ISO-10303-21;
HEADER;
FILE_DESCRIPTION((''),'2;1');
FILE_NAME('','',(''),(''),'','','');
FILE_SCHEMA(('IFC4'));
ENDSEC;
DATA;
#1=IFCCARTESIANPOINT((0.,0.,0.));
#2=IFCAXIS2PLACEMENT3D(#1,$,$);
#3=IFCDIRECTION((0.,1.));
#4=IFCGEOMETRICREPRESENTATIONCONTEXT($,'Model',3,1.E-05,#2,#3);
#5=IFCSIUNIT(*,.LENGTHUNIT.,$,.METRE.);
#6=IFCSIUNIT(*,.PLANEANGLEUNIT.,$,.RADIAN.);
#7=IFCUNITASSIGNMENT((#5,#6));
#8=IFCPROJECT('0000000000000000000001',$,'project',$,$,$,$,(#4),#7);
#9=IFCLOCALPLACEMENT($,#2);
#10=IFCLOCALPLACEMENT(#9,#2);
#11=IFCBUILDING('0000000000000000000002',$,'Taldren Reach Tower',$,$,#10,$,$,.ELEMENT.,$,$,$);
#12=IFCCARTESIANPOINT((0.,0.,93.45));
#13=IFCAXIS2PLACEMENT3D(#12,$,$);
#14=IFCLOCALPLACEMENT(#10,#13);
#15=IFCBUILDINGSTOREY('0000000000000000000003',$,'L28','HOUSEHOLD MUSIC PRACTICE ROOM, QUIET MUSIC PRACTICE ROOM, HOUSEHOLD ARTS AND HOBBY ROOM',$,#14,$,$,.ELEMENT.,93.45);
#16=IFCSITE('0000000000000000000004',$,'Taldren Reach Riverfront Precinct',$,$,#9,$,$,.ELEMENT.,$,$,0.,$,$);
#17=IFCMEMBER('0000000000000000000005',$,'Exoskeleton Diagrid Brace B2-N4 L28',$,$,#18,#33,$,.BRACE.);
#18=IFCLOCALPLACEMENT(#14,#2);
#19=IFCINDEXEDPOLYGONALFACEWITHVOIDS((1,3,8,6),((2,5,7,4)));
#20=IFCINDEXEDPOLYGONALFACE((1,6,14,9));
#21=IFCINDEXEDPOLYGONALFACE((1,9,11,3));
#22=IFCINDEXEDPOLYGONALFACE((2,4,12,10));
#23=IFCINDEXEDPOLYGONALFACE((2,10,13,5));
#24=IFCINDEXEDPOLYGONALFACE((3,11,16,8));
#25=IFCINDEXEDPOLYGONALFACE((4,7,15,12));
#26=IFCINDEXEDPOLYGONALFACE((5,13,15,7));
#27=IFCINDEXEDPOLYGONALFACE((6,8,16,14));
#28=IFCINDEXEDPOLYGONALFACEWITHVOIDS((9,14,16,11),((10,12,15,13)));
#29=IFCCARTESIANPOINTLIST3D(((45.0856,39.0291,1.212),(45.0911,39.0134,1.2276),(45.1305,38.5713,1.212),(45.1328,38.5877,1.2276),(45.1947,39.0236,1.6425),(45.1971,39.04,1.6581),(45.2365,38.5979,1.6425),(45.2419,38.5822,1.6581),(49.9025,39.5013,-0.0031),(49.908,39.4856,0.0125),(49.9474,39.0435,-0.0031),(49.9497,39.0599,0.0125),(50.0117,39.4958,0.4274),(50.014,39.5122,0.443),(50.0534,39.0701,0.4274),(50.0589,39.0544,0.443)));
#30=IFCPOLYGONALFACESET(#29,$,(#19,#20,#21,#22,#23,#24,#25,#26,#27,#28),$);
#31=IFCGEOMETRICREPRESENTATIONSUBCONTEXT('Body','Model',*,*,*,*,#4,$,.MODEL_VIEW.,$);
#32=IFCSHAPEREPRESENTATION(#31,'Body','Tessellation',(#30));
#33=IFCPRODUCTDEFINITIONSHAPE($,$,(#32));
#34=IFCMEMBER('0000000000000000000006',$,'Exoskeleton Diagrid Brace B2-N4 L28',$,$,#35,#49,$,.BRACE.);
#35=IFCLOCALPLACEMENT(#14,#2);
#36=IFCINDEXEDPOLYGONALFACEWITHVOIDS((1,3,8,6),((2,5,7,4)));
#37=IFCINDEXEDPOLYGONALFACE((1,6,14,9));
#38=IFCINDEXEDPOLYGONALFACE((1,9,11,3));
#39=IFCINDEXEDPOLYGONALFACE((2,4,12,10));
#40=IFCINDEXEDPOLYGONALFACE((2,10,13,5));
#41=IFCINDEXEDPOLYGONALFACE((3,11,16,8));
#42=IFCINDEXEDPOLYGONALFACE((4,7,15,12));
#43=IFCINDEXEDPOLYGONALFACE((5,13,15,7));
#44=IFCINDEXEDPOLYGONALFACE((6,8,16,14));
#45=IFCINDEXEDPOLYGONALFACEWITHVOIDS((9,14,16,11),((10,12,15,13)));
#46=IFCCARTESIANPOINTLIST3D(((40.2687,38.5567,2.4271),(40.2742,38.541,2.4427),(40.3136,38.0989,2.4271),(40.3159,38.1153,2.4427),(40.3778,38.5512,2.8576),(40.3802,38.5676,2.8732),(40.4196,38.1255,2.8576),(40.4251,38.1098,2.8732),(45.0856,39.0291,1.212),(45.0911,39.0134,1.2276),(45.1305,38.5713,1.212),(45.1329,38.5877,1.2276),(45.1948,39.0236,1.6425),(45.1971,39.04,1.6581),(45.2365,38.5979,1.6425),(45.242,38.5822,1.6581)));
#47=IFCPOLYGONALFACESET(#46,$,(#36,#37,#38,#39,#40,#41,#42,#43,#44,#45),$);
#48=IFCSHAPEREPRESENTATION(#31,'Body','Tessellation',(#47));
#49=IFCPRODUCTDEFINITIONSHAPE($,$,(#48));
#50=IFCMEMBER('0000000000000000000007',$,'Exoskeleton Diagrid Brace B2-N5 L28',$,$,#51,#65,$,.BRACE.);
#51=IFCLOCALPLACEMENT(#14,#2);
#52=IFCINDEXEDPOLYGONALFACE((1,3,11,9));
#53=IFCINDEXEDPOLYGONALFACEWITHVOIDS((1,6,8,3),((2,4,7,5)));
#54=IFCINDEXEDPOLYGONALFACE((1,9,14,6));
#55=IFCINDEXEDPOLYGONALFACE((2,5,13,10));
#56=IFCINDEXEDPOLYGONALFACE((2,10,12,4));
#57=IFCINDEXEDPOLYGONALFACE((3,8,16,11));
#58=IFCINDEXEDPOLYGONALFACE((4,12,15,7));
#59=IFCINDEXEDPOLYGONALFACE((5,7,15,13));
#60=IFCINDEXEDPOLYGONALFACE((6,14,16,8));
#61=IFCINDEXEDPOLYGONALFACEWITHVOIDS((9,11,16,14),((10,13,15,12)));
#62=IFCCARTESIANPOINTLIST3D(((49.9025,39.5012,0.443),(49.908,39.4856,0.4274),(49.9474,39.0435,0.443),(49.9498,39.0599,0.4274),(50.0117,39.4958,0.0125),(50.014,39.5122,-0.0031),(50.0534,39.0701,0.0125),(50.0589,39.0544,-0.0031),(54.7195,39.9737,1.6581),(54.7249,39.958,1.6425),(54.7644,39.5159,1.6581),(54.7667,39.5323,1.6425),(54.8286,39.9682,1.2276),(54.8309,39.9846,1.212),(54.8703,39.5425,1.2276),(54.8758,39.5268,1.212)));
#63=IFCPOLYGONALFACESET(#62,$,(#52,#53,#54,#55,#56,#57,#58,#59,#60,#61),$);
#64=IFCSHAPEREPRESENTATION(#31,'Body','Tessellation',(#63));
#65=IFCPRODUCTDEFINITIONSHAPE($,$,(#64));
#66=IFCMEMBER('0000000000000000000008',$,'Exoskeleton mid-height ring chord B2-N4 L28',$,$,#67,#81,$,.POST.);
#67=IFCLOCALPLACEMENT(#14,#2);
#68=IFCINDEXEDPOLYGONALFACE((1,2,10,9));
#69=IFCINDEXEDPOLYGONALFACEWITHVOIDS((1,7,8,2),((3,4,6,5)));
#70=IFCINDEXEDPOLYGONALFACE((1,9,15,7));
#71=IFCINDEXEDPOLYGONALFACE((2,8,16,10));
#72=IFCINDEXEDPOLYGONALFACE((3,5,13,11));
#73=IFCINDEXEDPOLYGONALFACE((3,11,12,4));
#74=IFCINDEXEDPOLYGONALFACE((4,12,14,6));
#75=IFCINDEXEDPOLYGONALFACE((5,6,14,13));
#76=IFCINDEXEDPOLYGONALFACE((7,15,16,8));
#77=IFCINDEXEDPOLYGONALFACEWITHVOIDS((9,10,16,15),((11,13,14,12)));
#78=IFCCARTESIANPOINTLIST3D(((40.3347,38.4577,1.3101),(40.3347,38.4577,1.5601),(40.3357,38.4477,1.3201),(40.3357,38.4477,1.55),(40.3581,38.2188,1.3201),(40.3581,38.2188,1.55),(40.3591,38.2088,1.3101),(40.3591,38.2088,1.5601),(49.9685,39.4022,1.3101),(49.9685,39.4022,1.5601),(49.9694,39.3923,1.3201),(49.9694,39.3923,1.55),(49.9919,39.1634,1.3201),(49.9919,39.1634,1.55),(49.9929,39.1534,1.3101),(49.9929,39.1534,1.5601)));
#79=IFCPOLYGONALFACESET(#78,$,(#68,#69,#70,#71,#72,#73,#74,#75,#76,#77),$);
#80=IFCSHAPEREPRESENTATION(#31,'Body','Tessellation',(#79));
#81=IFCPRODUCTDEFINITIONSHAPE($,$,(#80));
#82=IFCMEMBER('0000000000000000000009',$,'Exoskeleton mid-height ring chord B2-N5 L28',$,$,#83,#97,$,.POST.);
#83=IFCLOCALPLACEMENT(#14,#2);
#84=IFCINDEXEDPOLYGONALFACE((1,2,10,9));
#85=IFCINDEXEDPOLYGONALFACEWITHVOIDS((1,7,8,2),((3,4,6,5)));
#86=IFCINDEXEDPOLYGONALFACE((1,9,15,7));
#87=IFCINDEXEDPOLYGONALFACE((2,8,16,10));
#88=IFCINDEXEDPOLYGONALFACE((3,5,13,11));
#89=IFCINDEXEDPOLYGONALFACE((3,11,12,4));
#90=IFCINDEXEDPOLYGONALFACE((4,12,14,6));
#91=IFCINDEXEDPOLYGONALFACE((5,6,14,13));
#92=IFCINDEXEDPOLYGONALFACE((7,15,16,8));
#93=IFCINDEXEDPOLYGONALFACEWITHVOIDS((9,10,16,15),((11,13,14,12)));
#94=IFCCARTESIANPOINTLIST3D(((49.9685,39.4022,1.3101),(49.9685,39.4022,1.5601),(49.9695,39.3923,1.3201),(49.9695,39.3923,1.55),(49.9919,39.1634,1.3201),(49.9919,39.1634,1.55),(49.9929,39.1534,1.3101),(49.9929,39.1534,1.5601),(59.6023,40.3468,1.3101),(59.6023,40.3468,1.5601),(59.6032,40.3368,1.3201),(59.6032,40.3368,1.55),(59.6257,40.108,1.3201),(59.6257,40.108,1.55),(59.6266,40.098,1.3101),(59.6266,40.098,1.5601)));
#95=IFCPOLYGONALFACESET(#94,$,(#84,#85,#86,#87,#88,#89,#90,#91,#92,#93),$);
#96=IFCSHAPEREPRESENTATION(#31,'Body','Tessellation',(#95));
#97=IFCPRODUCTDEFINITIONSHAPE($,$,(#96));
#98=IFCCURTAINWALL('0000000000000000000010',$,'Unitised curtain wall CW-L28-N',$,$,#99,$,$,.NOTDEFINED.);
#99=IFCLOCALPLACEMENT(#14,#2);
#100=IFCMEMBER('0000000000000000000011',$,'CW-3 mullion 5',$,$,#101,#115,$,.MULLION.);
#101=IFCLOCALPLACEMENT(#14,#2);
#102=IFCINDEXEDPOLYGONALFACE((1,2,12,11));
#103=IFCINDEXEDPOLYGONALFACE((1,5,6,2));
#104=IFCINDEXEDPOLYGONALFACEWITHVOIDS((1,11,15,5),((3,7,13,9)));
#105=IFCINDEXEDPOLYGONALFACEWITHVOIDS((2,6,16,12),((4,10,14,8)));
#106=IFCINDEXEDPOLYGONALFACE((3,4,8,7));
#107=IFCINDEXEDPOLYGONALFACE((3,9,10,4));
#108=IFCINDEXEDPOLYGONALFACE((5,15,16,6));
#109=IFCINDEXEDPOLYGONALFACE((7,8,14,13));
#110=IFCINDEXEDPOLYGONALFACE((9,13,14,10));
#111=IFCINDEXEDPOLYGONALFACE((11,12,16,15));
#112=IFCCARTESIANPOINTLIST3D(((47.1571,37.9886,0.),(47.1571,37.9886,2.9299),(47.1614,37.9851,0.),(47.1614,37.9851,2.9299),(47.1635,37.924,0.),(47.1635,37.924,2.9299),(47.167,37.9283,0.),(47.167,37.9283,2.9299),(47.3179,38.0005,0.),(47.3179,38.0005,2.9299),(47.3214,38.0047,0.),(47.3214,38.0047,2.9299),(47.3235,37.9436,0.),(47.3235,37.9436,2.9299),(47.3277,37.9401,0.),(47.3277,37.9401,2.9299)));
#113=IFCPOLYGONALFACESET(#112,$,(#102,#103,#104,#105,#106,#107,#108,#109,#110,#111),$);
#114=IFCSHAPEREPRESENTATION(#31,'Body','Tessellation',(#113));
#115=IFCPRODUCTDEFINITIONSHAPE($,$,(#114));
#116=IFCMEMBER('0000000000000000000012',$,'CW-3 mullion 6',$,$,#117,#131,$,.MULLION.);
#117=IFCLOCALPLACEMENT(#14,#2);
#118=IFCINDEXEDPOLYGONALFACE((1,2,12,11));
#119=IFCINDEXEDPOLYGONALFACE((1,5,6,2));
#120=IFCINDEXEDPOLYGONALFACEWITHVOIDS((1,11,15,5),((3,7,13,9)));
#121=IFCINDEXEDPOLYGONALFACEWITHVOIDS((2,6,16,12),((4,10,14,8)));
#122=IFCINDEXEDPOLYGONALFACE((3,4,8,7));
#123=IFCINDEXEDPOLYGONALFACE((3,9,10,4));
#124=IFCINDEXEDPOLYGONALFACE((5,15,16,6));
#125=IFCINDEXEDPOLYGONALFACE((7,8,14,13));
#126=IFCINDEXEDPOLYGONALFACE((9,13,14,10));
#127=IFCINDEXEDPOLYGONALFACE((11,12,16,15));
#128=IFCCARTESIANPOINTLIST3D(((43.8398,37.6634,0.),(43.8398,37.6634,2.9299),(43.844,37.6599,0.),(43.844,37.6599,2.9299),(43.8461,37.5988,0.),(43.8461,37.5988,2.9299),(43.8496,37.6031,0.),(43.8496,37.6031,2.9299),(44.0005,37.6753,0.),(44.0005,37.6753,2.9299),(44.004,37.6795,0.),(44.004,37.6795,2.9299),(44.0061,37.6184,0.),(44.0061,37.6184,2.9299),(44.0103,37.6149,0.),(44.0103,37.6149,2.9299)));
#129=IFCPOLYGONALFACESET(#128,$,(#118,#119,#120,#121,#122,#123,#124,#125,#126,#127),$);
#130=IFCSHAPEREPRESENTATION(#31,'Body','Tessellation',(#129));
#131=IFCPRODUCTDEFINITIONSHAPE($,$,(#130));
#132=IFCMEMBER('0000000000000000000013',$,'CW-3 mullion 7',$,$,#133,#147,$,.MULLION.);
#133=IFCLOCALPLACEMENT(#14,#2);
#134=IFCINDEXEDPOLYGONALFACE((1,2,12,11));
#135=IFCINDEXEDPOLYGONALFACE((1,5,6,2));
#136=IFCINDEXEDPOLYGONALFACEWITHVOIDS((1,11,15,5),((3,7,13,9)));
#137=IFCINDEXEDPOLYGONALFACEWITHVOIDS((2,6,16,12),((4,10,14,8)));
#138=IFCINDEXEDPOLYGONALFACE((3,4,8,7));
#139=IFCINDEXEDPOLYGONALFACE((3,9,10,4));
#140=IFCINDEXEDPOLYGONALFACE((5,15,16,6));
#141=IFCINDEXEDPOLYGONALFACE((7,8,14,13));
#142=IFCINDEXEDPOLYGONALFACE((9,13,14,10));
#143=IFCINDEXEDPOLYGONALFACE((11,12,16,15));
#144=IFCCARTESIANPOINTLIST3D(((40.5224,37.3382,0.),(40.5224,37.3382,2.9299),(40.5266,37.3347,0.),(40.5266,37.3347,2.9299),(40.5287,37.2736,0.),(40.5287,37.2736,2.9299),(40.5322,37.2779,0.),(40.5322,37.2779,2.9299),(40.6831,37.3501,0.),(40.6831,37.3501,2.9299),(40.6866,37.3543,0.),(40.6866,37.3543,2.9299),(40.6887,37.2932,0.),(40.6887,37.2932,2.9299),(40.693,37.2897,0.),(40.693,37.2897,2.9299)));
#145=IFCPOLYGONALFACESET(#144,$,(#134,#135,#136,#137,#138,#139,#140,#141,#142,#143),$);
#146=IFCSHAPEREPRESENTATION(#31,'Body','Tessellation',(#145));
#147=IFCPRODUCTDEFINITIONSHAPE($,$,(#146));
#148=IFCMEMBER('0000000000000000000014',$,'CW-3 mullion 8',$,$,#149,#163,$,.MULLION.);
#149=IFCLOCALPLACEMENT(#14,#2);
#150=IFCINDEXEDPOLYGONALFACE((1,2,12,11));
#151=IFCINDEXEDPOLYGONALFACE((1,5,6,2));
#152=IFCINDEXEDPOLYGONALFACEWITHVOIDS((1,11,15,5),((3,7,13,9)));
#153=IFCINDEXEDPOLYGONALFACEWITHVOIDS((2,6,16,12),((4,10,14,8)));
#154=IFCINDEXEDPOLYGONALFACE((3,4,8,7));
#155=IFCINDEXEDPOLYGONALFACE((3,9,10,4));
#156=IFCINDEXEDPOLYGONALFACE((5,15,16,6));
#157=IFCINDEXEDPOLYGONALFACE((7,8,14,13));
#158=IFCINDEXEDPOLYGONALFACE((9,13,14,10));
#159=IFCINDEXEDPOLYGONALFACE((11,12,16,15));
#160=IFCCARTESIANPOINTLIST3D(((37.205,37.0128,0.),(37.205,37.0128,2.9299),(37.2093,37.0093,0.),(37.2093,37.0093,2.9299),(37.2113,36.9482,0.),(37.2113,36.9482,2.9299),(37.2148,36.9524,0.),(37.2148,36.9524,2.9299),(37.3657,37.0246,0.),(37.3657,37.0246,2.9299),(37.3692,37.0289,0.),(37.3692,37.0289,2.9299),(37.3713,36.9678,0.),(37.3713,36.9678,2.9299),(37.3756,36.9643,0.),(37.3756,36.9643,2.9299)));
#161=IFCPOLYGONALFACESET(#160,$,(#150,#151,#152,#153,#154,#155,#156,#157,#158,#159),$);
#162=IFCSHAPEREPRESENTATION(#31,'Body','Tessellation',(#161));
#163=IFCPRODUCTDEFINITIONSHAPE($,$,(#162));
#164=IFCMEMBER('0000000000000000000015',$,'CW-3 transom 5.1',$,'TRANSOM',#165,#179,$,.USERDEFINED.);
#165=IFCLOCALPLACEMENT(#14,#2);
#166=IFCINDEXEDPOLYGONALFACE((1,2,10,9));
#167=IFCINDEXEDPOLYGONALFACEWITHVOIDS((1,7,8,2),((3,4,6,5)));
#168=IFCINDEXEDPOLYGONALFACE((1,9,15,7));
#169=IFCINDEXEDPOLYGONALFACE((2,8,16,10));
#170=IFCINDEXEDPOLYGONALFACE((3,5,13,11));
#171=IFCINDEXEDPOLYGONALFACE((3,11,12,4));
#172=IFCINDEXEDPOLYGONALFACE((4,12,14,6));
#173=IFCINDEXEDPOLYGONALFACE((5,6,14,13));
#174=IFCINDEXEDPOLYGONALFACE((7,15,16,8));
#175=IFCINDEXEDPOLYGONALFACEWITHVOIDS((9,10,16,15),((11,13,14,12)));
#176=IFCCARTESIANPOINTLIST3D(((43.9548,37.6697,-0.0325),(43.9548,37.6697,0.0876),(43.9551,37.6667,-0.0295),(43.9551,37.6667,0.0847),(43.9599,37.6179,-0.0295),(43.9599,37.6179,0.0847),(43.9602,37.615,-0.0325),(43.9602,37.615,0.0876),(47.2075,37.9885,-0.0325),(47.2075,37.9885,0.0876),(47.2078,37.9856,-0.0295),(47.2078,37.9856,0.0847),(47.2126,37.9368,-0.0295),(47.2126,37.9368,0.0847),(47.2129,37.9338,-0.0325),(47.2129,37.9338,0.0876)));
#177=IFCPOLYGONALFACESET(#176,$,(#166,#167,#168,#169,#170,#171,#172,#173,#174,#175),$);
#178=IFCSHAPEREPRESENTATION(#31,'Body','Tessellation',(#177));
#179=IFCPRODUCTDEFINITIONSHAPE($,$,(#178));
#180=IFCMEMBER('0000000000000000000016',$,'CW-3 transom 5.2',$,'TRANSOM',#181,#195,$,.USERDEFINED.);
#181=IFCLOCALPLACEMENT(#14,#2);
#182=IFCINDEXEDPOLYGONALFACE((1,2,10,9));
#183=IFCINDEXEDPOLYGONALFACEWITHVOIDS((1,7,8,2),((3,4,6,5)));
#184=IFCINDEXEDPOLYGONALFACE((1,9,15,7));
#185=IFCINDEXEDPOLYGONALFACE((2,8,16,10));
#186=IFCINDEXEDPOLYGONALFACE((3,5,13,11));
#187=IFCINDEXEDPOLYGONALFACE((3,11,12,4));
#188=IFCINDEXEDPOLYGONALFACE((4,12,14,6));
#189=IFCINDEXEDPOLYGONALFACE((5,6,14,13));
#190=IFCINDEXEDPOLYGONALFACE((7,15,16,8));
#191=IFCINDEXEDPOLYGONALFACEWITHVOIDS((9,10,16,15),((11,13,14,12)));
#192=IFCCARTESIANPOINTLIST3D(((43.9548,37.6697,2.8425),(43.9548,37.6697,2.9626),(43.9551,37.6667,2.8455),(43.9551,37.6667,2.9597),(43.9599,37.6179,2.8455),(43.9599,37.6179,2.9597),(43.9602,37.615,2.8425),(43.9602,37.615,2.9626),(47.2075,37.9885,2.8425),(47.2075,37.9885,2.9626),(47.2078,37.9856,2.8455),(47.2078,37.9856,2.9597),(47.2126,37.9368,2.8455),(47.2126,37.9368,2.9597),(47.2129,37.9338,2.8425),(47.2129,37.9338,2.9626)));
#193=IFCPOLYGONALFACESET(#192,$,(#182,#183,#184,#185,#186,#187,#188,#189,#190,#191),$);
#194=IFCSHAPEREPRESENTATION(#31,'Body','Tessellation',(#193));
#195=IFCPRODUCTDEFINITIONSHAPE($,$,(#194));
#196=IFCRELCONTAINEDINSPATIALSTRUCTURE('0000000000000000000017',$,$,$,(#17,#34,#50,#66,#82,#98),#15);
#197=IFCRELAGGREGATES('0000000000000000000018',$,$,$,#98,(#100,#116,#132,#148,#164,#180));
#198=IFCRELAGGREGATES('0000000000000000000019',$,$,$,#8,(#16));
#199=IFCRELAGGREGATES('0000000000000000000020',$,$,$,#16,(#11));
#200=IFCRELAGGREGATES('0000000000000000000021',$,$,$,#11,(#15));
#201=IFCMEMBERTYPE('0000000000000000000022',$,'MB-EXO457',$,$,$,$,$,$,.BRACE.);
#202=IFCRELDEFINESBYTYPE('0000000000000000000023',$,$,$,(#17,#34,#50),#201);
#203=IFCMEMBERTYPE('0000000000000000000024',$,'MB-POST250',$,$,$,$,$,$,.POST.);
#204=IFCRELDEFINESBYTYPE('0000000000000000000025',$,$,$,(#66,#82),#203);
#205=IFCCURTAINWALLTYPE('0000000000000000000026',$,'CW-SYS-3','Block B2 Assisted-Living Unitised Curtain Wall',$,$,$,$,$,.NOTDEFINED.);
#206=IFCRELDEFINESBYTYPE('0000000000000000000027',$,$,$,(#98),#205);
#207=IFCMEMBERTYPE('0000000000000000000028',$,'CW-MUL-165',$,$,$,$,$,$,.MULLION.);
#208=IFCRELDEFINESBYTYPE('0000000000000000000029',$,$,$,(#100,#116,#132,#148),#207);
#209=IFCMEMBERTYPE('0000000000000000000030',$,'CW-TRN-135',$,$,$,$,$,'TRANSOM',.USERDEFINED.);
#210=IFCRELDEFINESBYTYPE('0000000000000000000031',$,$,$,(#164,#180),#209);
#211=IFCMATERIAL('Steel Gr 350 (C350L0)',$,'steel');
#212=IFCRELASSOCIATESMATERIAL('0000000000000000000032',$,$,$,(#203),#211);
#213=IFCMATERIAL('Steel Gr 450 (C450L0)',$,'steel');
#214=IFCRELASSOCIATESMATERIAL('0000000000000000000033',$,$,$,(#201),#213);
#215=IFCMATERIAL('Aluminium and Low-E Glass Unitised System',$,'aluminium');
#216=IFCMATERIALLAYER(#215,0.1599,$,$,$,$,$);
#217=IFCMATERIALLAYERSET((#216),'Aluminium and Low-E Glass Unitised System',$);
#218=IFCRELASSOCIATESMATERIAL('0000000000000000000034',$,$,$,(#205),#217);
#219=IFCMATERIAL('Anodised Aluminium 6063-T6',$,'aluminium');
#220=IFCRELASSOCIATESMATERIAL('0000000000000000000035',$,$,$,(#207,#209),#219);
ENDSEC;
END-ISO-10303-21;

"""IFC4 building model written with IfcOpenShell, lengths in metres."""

from ifc_helpers import new_model, si_unit, direction, frame, origin, origin_2d, place, context, subcontext, project, spatial, hollow_rectangle, extrude, source, transform, mapped, material, layer, layer_set, material_profile, profile_set, type_object, element, aggregate, save


model = new_model("IFC4")

# Units and contexts
model_context = context("Model", 3, precision=1e-05, world=origin(), true_north=direction((0.0, 1.0)))
body_context = subcontext(model_context, "Body", "Model", "MODEL_VIEW")
ifc_project = project(units=[si_unit("LENGTHUNIT", "METRE"), si_unit("PLANEANGLEUNIT", "RADIAN")], contexts=[model_context])

# Site, building, storey
site_placement = place(None, origin())
site = spatial("IfcSite", under=ifc_project, at=site_placement, Name="Taldren Reach Riverfront Precinct", CompositionType="ELEMENT", RefElevation=0.0)
building_placement = place(site_placement, origin())
building = spatial("IfcBuilding", under=site, at=building_placement, Name="Taldren Reach Tower", CompositionType="ELEMENT")
storey_placement = place(building_placement, frame((0.0, 0.0, 93.45)))
storey = spatial("IfcBuildingStorey", under=building, at=storey_placement, Name="L28", Description="HOUSEHOLD MUSIC PRACTICE ROOM, QUIET MUSIC PRACTICE ROOM, HOUSEHOLD ARTS AND HOBBY ROOM", CompositionType="ELEMENT", Elevation=93.45)

# Shared definitions
ifc_material_1 = material(Name="Steel Gr 450 (C450L0)", Category="steel")
ifc_material_2 = material(Name="Steel Gr 350 (C350L0)", Category="steel")
ifc_material_profile_1 = material_profile(ifc_material_2, hollow_rectangle(XDim=0.25, YDim=0.25, WallThickness=0.01, at=origin_2d()), Name="250x250x10.0SHS")
ifc_profile_set_1 = profile_set([ifc_material_profile_1], Name="Steel Gr 350 (C350L0)")
member_type_1 = type_object("IfcMemberType", Name="MB-POST250", PredefinedType="POST", material=ifc_profile_set_1)

# Members
ifc_material_profile_2 = material_profile(ifc_material_1, hollow_rectangle(XDim=0.46, YDim=0.46, WallThickness=0.0161, at=origin_2d()), Name="460x460x16.0SHS")
ifc_profile_set_2 = profile_set([ifc_material_profile_2], Name="Steel Gr 450 (C450L0)")
member_type_2 = type_object("IfcMemberType", Name="MB-EXO457", PredefinedType="BRACE", material=ifc_profile_set_2)
shared_shape_1 = source(origin(), body_context, "Body", "SweptSolid", [
    extrude(hollow_rectangle(XDim=0.46, YDim=0.46, WallThickness=0.0161, at=origin_2d()), origin(), (0.0, 0.0, 1.0), 4.9902),
])
for number, where, z_axis, x_axis, name in (
    (1, (49.9807, 39.2778, 0.22), (-0.965276, -0.09462, 0.243496), (0.097556, -0.99523, 0.0), "Exoskeleton Diagrid Brace B2-N4 L28"),
    (2, (45.1638, 38.8057, 1.4351), (-0.965271, -0.094668, 0.243495), (0.097606, -0.995225, 0.0), "Exoskeleton Diagrid Brace B2-N4 L28"),
    (3, (49.9807, 39.2778, 0.22), (0.965271, 0.094668, 0.243495), (-0.097606, 0.995225, 0.0), "Exoskeleton Diagrid Brace B2-N5 L28"),
):
    element("IfcMember", number, at=place(storey_placement, frame(where, z_axis=z_axis, x_axis=x_axis)), inside=storey, type_object=member_type_2, Name=name, PredefinedType="BRACE", context=body_context, shape_type="MappedRepresentation", body=[
        mapped(shared_shape_1, transform((0.0, 0.0, 0.0), scale=1.0)),
    ])
shared_shape_2 = source(origin(), body_context, "Body", "SweptSolid", [
    extrude(hollow_rectangle(XDim=0.25, YDim=0.25, WallThickness=0.01, at=origin_2d()), origin(), (0.0, 0.0, 1.0), 9.6799),
])
for number, where, z_axis, x_axis, name in (
    (4, (40.3469, 38.3333, 1.4351), (0.995228, 0.097581, 0.0), (-0.097581, 0.995228, 0.0), "Exoskeleton mid-height ring chord B2-N4 L28"),
    (5, (49.9807, 39.2778, 1.4351), (0.995228, 0.097581, 0.0), (-0.097581, 0.995228, 0.0), "Exoskeleton mid-height ring chord B2-N5 L28"),
):
    element("IfcMember", number, at=place(storey_placement, frame(where, z_axis=z_axis, x_axis=x_axis)), inside=storey, type_object=member_type_1, Name=name, PredefinedType="POST", context=body_context, shape_type="MappedRepresentation", body=[
        mapped(shared_shape_2, transform((0.0, 0.0, 0.0), scale=1.0)),
    ])

# Curtain wall, members
ifc_material_3 = material(Name="Aluminium and Low-E Glass Unitised System", Category="aluminium")
ifc_layer_1 = layer(ifc_material_3, 0.1599)
ifc_layer_set_1 = layer_set([ifc_layer_1], Name="Aluminium and Low-E Glass Unitised System")
curtain_wall_type = type_object("IfcCurtainWallType", Name="CW-SYS-3", Description="Block B2 Assisted-Living Unitised Curtain Wall", PredefinedType="NOTDEFINED", material=ifc_layer_set_1)
curtain_wall_placement = place(storey_placement, origin())
curtain_wall = element("IfcCurtainWall", 6, at=curtain_wall_placement, inside=storey, type_object=curtain_wall_type, Name="Unitised curtain wall CW-L28-N", PredefinedType="NOTDEFINED")
ifc_material_4 = material(Name="Anodised Aluminium 6063-T6", Category="aluminium")
ifc_material_profile_3 = material_profile(ifc_material_4, hollow_rectangle(XDim=0.0649, YDim=0.165, WallThickness=0.0039, at=origin_2d()), Name="ALU-165x65x4RHS")
ifc_profile_set_3 = profile_set([ifc_material_profile_3], Name="Anodised Aluminium 6063-T6")
member_type_3 = type_object("IfcMemberType", Name="CW-MUL-165", PredefinedType="MULLION", material=ifc_profile_set_3)
shared_shape_3 = source(origin(), body_context, "Body", "SweptSolid", [
    extrude(hollow_rectangle(XDim=0.0649, YDim=0.165, WallThickness=0.0039, at=origin_2d()), origin(), (0.0, 0.0, 1.0), 2.9299),
])
member_1_placement = place(storey_placement, frame((47.2424, 37.9644, 0.0), z_axis=(0.0, 0.0, 1.0), x_axis=(0.097583, -0.995227, 0.0)))
member_1 = element("IfcMember", 7, at=member_1_placement, type_object=member_type_3, Name="CW-3 mullion 5", PredefinedType="MULLION", context=body_context, shape_type="MappedRepresentation", body=[
    mapped(shared_shape_3, transform((0.0, 0.0, 0.0), scale=1.0)),
])
member_2_placement = place(storey_placement, frame((43.925, 37.6392, 0.0), z_axis=(0.0, 0.0, 1.0), x_axis=(0.097583, -0.995227, 0.0)))
member_2 = element("IfcMember", 8, at=member_2_placement, type_object=member_type_3, Name="CW-3 mullion 6", PredefinedType="MULLION", context=body_context, shape_type="MappedRepresentation", body=[
    mapped(shared_shape_3, transform((0.0, 0.0, 0.0), scale=1.0)),
])
member_3_placement = place(storey_placement, frame((40.6077, 37.314, 0.0), z_axis=(0.0, 0.0, 1.0), x_axis=(0.097583, -0.995227, 0.0)))
member_3 = element("IfcMember", 9, at=member_3_placement, type_object=member_type_3, Name="CW-3 mullion 7", PredefinedType="MULLION", context=body_context, shape_type="MappedRepresentation", body=[
    mapped(shared_shape_3, transform((0.0, 0.0, 0.0), scale=1.0)),
])
member_4_placement = place(storey_placement, frame((37.2903, 36.9885, 0.0), z_axis=(0.0, 0.0, 1.0), x_axis=(0.097583, -0.995227, 0.0)))
member_4 = element("IfcMember", 10, at=member_4_placement, type_object=member_type_3, Name="CW-3 mullion 8", PredefinedType="MULLION", context=body_context, shape_type="MappedRepresentation", body=[
    mapped(shared_shape_3, transform((0.0, 0.0, 0.0), scale=1.0)),
])
ifc_material_profile_4 = material_profile(ifc_material_4, hollow_rectangle(XDim=0.0549, YDim=0.1201, WallThickness=0.0029, at=origin_2d()), Name="ALU-120x55x3RHS")
ifc_profile_set_4 = profile_set([ifc_material_profile_4], Name="Anodised Aluminium 6063-T6")
member_type_4 = type_object("IfcMemberType", Name="CW-TRN-135", ElementType="TRANSOM", PredefinedType="USERDEFINED", material=ifc_profile_set_4)
shared_shape_4 = source(origin(), body_context, "Body", "SweptSolid", [
    extrude(hollow_rectangle(XDim=0.0549, YDim=0.1201, WallThickness=0.0029, at=origin_2d()), origin(), (0.0, 0.0, 1.0), 3.2683),
])
member_5_placement = place(storey_placement, frame((47.2102, 37.9612, 0.0276), z_axis=(-0.99523, -0.097558, 0.0), x_axis=(0.097558, -0.99523, 0.0)))
member_5 = element("IfcMember", 11, at=member_5_placement, type_object=member_type_4, Name="CW-3 transom 5.1", ObjectType="TRANSOM", PredefinedType="USERDEFINED", context=body_context, shape_type="MappedRepresentation", body=[
    mapped(shared_shape_4, transform((0.0, 0.0, 0.0), scale=1.0)),
])
member_6_placement = place(storey_placement, frame((47.2102, 37.9612, 2.9026), z_axis=(-0.99523, -0.097558, 0.0), x_axis=(0.097558, -0.99523, 0.0)))
member_6 = element("IfcMember", 12, at=member_6_placement, type_object=member_type_4, Name="CW-3 transom 5.2", ObjectType="TRANSOM", PredefinedType="USERDEFINED", context=body_context, shape_type="MappedRepresentation", body=[
    mapped(shared_shape_4, transform((0.0, 0.0, 0.0), scale=1.0)),
])

aggregate(curtain_wall, [member_1, member_2, member_3, member_4, member_5, member_6])

save(model, "model.ifc")
